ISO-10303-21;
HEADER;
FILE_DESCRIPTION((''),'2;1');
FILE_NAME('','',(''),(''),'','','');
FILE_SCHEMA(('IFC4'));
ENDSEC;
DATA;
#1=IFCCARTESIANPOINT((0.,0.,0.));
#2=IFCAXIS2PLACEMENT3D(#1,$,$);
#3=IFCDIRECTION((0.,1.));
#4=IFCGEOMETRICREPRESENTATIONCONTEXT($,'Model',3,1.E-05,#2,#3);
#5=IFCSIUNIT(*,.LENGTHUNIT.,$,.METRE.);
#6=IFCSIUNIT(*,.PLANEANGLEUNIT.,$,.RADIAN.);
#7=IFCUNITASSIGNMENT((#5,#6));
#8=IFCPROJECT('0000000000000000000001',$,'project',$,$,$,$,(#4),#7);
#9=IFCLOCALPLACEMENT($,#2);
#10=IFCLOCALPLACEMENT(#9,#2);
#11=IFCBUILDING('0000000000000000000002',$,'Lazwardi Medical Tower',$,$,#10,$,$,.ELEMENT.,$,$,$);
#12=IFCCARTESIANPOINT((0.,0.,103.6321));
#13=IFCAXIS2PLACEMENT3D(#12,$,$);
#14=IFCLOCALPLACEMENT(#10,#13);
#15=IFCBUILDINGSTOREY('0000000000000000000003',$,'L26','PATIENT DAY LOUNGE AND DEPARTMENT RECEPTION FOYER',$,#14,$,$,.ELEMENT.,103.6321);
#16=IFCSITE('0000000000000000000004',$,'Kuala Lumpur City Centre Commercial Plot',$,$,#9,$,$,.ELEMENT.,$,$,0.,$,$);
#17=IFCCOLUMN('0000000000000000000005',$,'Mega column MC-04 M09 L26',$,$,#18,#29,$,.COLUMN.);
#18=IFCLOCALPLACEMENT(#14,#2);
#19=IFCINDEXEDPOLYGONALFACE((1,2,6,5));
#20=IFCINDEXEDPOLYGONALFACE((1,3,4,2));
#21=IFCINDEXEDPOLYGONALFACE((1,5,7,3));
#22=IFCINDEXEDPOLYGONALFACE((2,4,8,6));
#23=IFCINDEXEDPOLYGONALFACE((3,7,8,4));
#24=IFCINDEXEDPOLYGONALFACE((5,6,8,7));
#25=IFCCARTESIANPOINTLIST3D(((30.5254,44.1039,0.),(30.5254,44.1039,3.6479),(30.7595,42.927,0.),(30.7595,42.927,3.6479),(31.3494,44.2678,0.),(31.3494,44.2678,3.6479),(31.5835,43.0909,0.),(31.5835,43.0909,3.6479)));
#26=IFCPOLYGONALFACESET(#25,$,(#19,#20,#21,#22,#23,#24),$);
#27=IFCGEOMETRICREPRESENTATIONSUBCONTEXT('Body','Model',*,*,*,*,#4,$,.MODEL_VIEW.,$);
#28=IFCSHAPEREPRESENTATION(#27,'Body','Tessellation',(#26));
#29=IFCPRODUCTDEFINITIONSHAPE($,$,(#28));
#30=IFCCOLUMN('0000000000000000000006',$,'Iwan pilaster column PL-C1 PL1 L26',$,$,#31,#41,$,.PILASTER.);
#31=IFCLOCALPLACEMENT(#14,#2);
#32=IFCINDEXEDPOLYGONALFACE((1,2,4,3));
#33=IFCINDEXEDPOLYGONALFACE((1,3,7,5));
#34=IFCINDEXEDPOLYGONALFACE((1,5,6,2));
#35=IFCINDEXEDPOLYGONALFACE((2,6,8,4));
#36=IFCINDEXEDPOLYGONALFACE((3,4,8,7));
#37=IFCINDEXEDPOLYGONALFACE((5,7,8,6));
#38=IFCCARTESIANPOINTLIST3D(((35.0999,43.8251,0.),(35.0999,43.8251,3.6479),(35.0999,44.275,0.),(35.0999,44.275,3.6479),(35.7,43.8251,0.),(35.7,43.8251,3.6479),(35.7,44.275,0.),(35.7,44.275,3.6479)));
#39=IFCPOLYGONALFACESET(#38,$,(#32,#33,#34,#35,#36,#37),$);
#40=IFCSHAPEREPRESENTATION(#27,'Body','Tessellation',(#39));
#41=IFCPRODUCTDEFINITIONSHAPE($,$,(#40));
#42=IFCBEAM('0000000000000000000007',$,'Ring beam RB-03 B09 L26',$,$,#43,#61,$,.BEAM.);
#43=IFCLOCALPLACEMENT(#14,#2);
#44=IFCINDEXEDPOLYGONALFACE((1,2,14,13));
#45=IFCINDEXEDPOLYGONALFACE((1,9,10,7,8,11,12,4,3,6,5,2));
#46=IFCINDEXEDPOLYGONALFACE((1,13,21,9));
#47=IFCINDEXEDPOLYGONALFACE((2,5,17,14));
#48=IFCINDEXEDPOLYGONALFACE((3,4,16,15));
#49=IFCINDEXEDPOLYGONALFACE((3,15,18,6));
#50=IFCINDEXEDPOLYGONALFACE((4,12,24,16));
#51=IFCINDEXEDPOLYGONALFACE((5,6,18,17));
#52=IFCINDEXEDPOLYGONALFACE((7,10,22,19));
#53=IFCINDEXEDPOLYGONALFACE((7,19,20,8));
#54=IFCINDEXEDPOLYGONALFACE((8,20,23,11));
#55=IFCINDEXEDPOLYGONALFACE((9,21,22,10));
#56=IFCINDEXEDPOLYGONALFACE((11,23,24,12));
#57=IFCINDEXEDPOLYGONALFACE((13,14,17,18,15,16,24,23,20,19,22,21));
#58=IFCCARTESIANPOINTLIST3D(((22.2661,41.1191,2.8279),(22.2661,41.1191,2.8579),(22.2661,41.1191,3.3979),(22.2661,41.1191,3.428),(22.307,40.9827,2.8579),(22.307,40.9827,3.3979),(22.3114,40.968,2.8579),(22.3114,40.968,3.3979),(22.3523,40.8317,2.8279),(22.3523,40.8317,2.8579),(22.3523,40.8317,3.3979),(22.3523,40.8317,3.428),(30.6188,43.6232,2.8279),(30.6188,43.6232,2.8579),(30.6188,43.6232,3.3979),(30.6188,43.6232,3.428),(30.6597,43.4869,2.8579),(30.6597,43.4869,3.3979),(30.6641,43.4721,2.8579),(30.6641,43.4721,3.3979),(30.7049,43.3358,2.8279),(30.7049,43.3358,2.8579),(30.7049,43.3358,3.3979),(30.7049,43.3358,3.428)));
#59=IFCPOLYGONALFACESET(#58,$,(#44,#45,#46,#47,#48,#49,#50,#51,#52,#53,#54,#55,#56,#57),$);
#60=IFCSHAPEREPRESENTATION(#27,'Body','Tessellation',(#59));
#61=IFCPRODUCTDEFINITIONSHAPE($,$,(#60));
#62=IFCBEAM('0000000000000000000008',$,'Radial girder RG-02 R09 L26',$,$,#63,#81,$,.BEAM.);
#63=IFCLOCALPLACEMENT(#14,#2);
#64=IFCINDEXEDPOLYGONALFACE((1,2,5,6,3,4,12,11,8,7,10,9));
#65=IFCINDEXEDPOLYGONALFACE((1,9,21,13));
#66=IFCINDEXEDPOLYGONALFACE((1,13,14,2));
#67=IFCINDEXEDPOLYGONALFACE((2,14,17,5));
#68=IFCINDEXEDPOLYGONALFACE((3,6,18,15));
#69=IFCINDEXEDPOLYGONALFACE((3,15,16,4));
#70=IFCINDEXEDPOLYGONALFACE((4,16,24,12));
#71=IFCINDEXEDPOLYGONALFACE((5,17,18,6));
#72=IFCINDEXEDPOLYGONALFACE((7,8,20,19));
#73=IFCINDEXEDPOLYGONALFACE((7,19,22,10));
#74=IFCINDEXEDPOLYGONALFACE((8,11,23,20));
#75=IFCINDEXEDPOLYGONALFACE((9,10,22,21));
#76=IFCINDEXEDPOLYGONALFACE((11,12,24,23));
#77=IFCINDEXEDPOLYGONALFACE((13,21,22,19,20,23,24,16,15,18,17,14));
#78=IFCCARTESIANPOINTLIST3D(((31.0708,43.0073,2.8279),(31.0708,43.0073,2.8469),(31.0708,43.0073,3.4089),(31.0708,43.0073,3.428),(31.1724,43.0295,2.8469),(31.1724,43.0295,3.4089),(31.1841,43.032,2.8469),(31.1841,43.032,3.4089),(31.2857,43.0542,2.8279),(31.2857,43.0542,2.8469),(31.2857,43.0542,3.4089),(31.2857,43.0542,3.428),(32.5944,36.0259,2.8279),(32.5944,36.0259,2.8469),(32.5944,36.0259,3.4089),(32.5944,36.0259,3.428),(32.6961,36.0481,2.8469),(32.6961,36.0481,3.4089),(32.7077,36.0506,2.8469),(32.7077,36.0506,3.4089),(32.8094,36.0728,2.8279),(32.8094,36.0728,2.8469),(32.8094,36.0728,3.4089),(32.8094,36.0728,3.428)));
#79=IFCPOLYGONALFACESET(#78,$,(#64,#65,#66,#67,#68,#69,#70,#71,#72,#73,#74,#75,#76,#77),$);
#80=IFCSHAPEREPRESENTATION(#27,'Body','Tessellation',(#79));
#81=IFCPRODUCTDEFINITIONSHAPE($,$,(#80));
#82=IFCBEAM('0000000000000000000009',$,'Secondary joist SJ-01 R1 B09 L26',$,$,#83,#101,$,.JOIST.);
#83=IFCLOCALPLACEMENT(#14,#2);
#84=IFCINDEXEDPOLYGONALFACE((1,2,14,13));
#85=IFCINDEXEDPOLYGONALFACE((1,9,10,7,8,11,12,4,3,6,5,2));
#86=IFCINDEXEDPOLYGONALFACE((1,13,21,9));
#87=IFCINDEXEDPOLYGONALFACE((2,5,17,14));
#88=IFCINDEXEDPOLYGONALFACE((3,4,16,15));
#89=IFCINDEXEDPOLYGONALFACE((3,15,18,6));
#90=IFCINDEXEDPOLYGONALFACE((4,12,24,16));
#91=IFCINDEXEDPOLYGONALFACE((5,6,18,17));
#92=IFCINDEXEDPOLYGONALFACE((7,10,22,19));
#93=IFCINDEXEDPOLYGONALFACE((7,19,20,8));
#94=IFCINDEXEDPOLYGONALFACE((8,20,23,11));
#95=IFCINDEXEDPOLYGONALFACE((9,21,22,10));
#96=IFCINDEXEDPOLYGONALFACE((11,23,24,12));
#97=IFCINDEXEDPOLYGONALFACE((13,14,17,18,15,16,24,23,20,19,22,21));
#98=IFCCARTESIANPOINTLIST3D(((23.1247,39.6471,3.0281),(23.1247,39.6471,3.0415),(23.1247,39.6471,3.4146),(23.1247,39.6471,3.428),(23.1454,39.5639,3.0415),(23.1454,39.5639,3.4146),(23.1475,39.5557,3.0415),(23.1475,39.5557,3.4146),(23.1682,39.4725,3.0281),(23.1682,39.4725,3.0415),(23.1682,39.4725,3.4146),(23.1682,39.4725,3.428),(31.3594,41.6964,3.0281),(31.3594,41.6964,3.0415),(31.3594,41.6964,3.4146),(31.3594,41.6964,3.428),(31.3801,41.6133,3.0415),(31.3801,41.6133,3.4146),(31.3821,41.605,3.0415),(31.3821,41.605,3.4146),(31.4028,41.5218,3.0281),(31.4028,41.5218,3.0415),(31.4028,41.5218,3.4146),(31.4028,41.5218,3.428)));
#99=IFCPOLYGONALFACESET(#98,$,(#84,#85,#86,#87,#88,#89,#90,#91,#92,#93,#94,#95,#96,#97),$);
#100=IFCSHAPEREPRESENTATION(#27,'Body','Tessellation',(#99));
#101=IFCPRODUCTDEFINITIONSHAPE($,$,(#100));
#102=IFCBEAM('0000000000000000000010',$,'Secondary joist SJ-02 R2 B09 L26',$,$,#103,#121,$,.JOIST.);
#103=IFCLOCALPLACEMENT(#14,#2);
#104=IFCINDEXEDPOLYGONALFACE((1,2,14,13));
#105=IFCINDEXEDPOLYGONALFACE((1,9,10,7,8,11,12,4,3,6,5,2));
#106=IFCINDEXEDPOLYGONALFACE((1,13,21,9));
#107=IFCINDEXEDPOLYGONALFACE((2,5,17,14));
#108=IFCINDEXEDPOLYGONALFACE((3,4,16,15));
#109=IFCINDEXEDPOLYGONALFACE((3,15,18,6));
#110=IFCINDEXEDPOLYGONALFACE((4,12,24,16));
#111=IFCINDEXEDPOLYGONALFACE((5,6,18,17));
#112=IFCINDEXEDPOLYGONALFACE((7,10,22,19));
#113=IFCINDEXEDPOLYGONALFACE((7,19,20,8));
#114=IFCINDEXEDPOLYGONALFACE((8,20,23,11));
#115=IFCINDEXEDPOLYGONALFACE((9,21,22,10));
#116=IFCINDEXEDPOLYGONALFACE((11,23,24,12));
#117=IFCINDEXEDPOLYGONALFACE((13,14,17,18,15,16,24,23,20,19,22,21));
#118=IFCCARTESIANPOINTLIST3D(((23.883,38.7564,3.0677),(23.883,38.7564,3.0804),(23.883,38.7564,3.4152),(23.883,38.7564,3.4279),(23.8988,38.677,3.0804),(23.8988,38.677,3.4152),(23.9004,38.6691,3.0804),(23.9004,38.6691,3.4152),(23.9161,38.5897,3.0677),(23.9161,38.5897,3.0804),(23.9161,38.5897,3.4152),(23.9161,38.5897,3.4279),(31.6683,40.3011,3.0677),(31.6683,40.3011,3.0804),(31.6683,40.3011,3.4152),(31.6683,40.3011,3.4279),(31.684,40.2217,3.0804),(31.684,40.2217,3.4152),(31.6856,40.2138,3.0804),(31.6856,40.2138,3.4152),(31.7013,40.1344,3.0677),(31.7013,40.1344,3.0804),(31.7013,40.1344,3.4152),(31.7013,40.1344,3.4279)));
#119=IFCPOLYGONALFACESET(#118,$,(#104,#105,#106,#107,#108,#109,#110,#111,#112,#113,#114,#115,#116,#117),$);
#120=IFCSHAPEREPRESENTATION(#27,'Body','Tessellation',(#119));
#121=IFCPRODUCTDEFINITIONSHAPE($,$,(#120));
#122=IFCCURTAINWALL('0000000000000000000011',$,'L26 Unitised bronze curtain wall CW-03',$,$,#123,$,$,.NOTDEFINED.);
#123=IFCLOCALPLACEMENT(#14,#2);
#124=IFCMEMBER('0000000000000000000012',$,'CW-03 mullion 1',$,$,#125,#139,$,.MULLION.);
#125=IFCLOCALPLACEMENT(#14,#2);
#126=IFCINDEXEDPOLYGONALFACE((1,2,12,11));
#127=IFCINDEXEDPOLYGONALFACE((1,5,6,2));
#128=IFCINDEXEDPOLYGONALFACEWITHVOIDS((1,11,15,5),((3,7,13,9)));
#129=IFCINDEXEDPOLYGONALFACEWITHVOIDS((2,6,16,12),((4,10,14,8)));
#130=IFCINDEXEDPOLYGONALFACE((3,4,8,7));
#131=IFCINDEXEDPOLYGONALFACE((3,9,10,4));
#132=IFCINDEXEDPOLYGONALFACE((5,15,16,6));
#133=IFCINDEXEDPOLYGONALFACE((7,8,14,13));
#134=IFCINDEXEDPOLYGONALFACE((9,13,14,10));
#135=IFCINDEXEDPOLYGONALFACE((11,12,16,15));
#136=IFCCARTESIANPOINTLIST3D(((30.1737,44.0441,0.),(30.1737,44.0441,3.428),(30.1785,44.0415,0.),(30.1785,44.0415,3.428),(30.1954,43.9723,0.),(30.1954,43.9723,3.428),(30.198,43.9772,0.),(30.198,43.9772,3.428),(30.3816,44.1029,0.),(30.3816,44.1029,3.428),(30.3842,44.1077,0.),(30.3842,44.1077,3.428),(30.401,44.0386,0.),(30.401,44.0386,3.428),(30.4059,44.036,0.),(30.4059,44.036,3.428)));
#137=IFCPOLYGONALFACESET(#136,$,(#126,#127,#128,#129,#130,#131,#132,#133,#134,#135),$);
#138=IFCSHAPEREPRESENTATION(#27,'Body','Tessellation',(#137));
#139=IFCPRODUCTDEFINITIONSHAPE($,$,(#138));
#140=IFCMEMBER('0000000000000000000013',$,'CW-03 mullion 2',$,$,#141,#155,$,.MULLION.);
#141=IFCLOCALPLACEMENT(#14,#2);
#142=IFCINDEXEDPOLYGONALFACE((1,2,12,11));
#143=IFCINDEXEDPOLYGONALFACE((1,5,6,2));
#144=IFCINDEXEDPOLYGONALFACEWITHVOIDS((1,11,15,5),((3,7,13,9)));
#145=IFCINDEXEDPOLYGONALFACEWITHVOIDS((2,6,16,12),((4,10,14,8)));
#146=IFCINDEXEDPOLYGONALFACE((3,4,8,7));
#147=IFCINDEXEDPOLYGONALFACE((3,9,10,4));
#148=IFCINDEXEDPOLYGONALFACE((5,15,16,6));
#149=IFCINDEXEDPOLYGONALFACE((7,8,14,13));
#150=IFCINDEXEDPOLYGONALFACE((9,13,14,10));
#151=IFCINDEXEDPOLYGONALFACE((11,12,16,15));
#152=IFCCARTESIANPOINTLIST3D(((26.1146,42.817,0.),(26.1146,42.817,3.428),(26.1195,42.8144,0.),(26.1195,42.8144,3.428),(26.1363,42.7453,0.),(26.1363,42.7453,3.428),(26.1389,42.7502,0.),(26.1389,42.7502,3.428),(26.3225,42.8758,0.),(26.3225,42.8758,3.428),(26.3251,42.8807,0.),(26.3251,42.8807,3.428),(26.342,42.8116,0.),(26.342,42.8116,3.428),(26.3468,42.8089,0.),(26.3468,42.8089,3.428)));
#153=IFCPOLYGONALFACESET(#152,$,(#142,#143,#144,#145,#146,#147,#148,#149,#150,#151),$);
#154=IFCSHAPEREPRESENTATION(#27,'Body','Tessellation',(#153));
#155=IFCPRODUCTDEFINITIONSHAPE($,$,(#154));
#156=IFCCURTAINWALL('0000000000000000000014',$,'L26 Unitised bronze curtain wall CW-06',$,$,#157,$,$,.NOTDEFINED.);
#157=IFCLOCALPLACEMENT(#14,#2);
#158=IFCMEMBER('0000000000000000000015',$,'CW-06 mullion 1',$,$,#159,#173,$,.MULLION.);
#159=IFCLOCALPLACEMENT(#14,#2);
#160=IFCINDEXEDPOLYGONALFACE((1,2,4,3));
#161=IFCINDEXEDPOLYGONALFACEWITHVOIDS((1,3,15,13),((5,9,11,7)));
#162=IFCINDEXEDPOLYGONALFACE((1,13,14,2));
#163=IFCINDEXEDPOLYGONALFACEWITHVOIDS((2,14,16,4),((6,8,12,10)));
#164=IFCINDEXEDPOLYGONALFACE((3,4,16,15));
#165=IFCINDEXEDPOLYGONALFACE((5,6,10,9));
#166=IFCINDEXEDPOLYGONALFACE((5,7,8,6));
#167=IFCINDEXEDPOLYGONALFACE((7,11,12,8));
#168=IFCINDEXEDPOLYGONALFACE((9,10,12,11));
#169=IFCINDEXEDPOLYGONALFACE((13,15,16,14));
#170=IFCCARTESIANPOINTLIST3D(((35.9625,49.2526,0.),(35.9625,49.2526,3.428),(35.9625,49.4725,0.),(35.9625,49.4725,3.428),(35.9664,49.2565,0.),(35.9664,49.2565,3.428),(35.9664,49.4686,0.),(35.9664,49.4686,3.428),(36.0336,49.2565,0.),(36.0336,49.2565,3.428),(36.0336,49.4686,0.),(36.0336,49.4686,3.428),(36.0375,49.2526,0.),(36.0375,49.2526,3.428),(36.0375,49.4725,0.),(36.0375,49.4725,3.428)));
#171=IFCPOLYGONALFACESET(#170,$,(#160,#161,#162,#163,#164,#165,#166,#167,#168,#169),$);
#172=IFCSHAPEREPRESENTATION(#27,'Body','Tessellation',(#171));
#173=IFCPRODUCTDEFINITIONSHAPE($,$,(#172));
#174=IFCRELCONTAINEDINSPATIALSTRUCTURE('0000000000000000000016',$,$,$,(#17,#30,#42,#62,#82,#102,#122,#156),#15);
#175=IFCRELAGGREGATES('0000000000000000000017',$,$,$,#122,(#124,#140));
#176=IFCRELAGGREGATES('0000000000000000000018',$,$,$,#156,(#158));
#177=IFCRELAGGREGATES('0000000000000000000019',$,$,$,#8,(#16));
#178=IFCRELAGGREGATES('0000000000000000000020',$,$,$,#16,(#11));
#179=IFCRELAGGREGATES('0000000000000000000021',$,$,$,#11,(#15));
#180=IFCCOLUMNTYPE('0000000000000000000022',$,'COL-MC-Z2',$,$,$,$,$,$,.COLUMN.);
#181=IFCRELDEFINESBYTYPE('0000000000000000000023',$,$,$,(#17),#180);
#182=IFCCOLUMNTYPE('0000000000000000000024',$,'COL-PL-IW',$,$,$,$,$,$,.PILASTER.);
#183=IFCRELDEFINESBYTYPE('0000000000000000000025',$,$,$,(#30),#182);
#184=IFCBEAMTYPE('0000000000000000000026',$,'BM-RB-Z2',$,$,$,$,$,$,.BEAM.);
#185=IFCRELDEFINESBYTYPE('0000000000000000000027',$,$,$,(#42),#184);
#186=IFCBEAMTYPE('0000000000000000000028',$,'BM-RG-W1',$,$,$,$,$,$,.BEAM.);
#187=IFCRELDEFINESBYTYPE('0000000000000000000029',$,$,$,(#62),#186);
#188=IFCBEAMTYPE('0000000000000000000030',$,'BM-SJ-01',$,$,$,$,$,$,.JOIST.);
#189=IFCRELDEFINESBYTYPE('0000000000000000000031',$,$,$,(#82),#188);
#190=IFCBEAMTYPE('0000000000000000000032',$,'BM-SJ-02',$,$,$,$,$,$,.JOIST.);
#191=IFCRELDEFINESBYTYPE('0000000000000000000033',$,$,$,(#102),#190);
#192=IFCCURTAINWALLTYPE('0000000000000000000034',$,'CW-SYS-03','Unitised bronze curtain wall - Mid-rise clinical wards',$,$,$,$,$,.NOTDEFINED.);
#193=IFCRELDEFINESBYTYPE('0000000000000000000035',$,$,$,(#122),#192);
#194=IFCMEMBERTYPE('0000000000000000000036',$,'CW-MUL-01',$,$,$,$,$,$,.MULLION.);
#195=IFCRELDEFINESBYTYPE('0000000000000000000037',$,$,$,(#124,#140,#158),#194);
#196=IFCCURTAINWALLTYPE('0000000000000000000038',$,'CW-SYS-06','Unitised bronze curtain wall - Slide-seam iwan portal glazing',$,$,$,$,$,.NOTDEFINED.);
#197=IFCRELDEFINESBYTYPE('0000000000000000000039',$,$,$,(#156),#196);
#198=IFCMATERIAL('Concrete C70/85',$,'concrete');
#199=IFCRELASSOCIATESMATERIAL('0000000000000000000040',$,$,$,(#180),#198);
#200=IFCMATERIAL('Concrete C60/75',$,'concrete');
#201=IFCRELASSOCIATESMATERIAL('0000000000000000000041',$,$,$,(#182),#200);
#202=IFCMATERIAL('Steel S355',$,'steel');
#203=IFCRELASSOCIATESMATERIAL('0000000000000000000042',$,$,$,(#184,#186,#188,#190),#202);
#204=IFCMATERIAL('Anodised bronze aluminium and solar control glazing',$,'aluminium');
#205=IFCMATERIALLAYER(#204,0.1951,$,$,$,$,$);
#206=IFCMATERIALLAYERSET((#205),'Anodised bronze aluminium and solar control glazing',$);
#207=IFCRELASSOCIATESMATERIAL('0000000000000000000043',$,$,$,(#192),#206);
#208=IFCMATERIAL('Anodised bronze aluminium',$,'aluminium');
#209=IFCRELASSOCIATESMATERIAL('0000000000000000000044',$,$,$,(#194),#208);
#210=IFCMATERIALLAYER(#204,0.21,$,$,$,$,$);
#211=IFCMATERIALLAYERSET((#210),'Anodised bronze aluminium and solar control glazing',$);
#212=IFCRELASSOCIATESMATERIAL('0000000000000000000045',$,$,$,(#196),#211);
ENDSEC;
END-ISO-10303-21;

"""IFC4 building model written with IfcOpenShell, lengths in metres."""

from ifc_helpers import new_model, si_unit, direction, frame, origin, origin_2d, place, context, subcontext, project, spatial, rectangle, hollow_rectangle, i_section, extrude, material, layer, layer_set, material_profile, profile_set, type_object, element, aggregate, save


model = new_model("IFC4")

# Units and contexts
model_context = context("Model", 3, precision=1e-05, world=origin(), true_north=direction((0.0, 1.0)))
body_context = subcontext(model_context, "Body", "Model", "MODEL_VIEW")
ifc_project = project(units=[si_unit("LENGTHUNIT", "METRE"), si_unit("PLANEANGLEUNIT", "RADIAN")], contexts=[model_context])

# Site, building, storey
site_placement = place(None, origin())
site = spatial("IfcSite", under=ifc_project, at=site_placement, Name="Kuala Lumpur City Centre Commercial Plot", CompositionType="ELEMENT", RefElevation=0.0)
building_placement = place(site_placement, origin())
building = spatial("IfcBuilding", under=site, at=building_placement, Name="Lazwardi Medical Tower", CompositionType="ELEMENT")
storey_placement = place(building_placement, frame((0.0, 0.0, 103.6321)))
storey = spatial("IfcBuildingStorey", under=building, at=storey_placement, Name="L26", Description="PATIENT DAY LOUNGE AND DEPARTMENT RECEPTION FOYER", CompositionType="ELEMENT", Elevation=103.6321)

# Columns
ifc_material_1 = material(Name="Concrete C70/85", Category="concrete")
ifc_material_profile_1 = material_profile(ifc_material_1, rectangle(XDim=1.2, YDim=0.8401, at=origin_2d()), Name="CFT-RECT 1200x840")
ifc_profile_set_1 = profile_set([ifc_material_profile_1], Name="Concrete C70/85")
column_type_1 = type_object("IfcColumnType", Name="COL-MC-Z2", PredefinedType="COLUMN", material=ifc_profile_set_1)
column_1_placement = place(storey_placement, frame((31.0544, 43.5974, 0.0), z_axis=(0.0, 0.0, 1.0), x_axis=(-0.19509, 0.980785, 0.0)))
element("IfcColumn", 1, at=column_1_placement, inside=storey, type_object=column_type_1, Name="Mega column MC-04 M09 L26", PredefinedType="COLUMN", context=body_context, shape_type="SweptSolid", body=[
    extrude(rectangle(XDim=1.2, YDim=0.8401, at=origin_2d()), origin(), (0.0, 0.0, 1.0), 3.6479),
])
ifc_material_2 = material(Name="Concrete C60/75", Category="concrete")
ifc_material_profile_2 = material_profile(ifc_material_2, rectangle(XDim=0.6001, YDim=0.45, at=origin_2d()), Name="RC 600x450")
ifc_profile_set_2 = profile_set([ifc_material_profile_2], Name="Concrete C60/75")
column_type_2 = type_object("IfcColumnType", Name="COL-PL-IW", PredefinedType="PILASTER", material=ifc_profile_set_2)
column_2_placement = place(storey_placement, frame((35.3999, 44.05, 0.0), z_axis=(0.0, 0.0, 1.0), x_axis=(1.0, 0.0, 0.0)))
element("IfcColumn", 2, at=column_2_placement, inside=storey, type_object=column_type_2, Name="Iwan pilaster column PL-C1 PL1 L26", PredefinedType="PILASTER", context=body_context, shape_type="SweptSolid", body=[
    extrude(rectangle(XDim=0.6001, YDim=0.45, at=origin_2d()), origin(), (0.0, 0.0, 1.0), 3.6479),
])

# Beams
ifc_material_3 = material(Name="Steel S355", Category="steel")
ifc_material_profile_3 = material_profile(ifc_material_3, i_section(OverallWidth=0.3, OverallDepth=0.6001, WebThickness=0.0154, FlangeThickness=0.03, at=origin_2d()), Name="HEB 600")
ifc_profile_set_3 = profile_set([ifc_material_profile_3], Name="Steel S355")
beam_type_1 = type_object("IfcBeamType", Name="BM-RB-Z2", PredefinedType="BEAM", material=ifc_profile_set_3)
beam_1_placement = place(storey_placement, frame((30.6619, 43.4795, 3.1279), z_axis=(-0.957879, -0.287171, 0.0), x_axis=(0.287171, -0.957879, 0.0)))
element("IfcBeam", 3, at=beam_1_placement, inside=storey, type_object=beam_type_1, Name="Ring beam RB-03 B09 L26", PredefinedType="BEAM", context=body_context, shape_type="SweptSolid", body=[
    extrude(i_section(OverallWidth=0.3, OverallDepth=0.6001, WebThickness=0.0154, FlangeThickness=0.03, at=origin_2d()), origin(), (0.0, 0.0, 1.0), 8.72),
])
ifc_material_profile_4 = material_profile(ifc_material_3, i_section(OverallWidth=0.22, OverallDepth=0.6001, WebThickness=0.012, FlangeThickness=0.019, at=origin_2d()), Name="IPE 600")
ifc_profile_set_4 = profile_set([ifc_material_profile_4], Name="Steel S355")
beam_type_2 = type_object("IfcBeamType", Name="BM-RG-W1", PredefinedType="BEAM", material=ifc_profile_set_4)
beam_2_placement = place(storey_placement, frame((31.1782, 43.0308, 3.1279), z_axis=(0.213228, -0.977002, 0.0), x_axis=(0.977002, 0.213228, 0.0)))
element("IfcBeam", 4, at=beam_2_placement, inside=storey, type_object=beam_type_2, Name="Radial girder RG-02 R09 L26", PredefinedType="BEAM", context=body_context, shape_type="SweptSolid", body=[
    extrude(i_section(OverallWidth=0.22, OverallDepth=0.6001, WebThickness=0.012, FlangeThickness=0.019, at=origin_2d()), origin(), (0.0, 0.0, 1.0), 7.1458),
])
ifc_material_profile_5 = material_profile(ifc_material_3, i_section(OverallWidth=0.1799, OverallDepth=0.3999, WebThickness=0.0085, FlangeThickness=0.0134, at=origin_2d()), Name="IPE 400")
ifc_profile_set_5 = profile_set([ifc_material_profile_5], Name="Steel S355")
beam_type_3 = type_object("IfcBeamType", Name="BM-SJ-01", PredefinedType="JOIST", material=ifc_profile_set_5)
beam_3_placement = place(storey_placement, frame((31.3811, 41.6091, 3.228), z_axis=(-0.970401, -0.2415, 0.0), x_axis=(0.2415, -0.970401, 0.0)))
element("IfcBeam", 5, at=beam_3_placement, inside=storey, type_object=beam_type_3, Name="Secondary joist SJ-01 R1 B09 L26", PredefinedType="JOIST", context=body_context, shape_type="SweptSolid", body=[
    extrude(i_section(OverallWidth=0.1799, OverallDepth=0.3999, WebThickness=0.0085, FlangeThickness=0.0134, at=origin_2d()), origin(), (0.0, 0.0, 1.0), 8.4858),
])
ifc_material_profile_6 = material_profile(ifc_material_3, i_section(OverallWidth=0.1699, OverallDepth=0.3601, WebThickness=0.0081, FlangeThickness=0.0127, at=origin_2d()), Name="IPE 360")
ifc_profile_set_6 = profile_set([ifc_material_profile_6], Name="Steel S355")
beam_type_4 = type_object("IfcBeamType", Name="BM-SJ-02", PredefinedType="JOIST", material=ifc_profile_set_6)
beam_4_placement = place(storey_placement, frame((31.6848, 40.2178, 3.2478), z_axis=(-0.980879, -0.194619, 0.0), x_axis=(0.194619, -0.980879, 0.0)))
element("IfcBeam", 6, at=beam_4_placement, inside=storey, type_object=beam_type_4, Name="Secondary joist SJ-02 R2 B09 L26", PredefinedType="JOIST", context=body_context, shape_type="SweptSolid", body=[
    extrude(i_section(OverallWidth=0.1699, OverallDepth=0.3601, WebThickness=0.0081, FlangeThickness=0.0127, at=origin_2d()), origin(), (0.0, 0.0, 1.0), 7.937),
])

# Curtain walls, members
ifc_material_4 = material(Name="Anodised bronze aluminium and solar control glazing", Category="aluminium")
ifc_layer_1 = layer(ifc_material_4, 0.1951)
ifc_layer_set_1 = layer_set([ifc_layer_1], Name="Anodised bronze aluminium and solar control glazing")
curtain_wall_type_1 = type_object("IfcCurtainWallType", Name="CW-SYS-03", Description="Unitised bronze curtain wall - Mid-rise clinical wards", PredefinedType="NOTDEFINED", material=ifc_layer_set_1)
curtain_wall_1_placement = place(storey_placement, origin())
curtain_wall_1 = element("IfcCurtainWall", 7, at=curtain_wall_1_placement, inside=storey, type_object=curtain_wall_type_1, Name="L26 Unitised bronze curtain wall CW-03", PredefinedType="NOTDEFINED")
ifc_material_5 = material(Name="Anodised bronze aluminium", Category="aluminium")
ifc_material_profile_7 = material_profile(ifc_material_5, hollow_rectangle(XDim=0.075, YDim=0.22, WallThickness=0.0039, at=origin_2d()), Name="ALU-MULLION 220x75x4")
ifc_profile_set_7 = profile_set([ifc_material_profile_7], Name="Anodised bronze aluminium")
member_type_1 = type_object("IfcMemberType", Name="CW-MUL-01", PredefinedType="MULLION", material=ifc_profile_set_7)
member_1_placement = place(storey_placement, frame((30.2898, 44.04, 0.0), z_axis=(0.0, 0.0, 1.0), x_axis=(0.289374, -0.957216, 0.0)))
member_1 = element("IfcMember", 8, at=member_1_placement, type_object=member_type_1, Name="CW-03 mullion 1", PredefinedType="MULLION", context=body_context, shape_type="SweptSolid", body=[
    extrude(hollow_rectangle(XDim=0.075, YDim=0.22, WallThickness=0.0039, at=origin_2d()), origin(), (0.0, 0.0, 1.0), 3.428),
])
member_2_placement = place(storey_placement, frame((26.2307, 42.813, 0.0), z_axis=(0.0, 0.0, 1.0), x_axis=(0.289374, -0.957216, 0.0)))
member_2 = element("IfcMember", 9, at=member_2_placement, type_object=member_type_1, Name="CW-03 mullion 2", PredefinedType="MULLION", context=body_context, shape_type="SweptSolid", body=[
    extrude(hollow_rectangle(XDim=0.075, YDim=0.22, WallThickness=0.0039, at=origin_2d()), origin(), (0.0, 0.0, 1.0), 3.428),
])
ifc_layer_2 = layer(ifc_material_4, 0.21)
ifc_layer_set_2 = layer_set([ifc_layer_2], Name="Anodised bronze aluminium and solar control glazing")
curtain_wall_type_2 = type_object("IfcCurtainWallType", Name="CW-SYS-06", Description="Unitised bronze curtain wall - Slide-seam iwan portal glazing", PredefinedType="NOTDEFINED", material=ifc_layer_set_2)
curtain_wall_2_placement = place(storey_placement, origin())
curtain_wall_2 = element("IfcCurtainWall", 10, at=curtain_wall_2_placement, inside=storey, type_object=curtain_wall_type_2, Name="L26 Unitised bronze curtain wall CW-06", PredefinedType="NOTDEFINED")
member_3_placement = place(storey_placement, frame((36.0, 49.3625, 0.0), z_axis=(0.0, 0.0, 1.0), x_axis=(1.0, 0.0, 0.0)))
member_3 = element("IfcMember", 11, at=member_3_placement, type_object=member_type_1, Name="CW-06 mullion 1", PredefinedType="MULLION", context=body_context, shape_type="SweptSolid", body=[
    extrude(hollow_rectangle(XDim=0.075, YDim=0.22, WallThickness=0.0039, at=origin_2d()), origin(), (0.0, 0.0, 1.0), 3.428),
])

aggregate(curtain_wall_1, [member_1, member_2])
aggregate(curtain_wall_2, [member_3])

save(model, "model.ifc")
